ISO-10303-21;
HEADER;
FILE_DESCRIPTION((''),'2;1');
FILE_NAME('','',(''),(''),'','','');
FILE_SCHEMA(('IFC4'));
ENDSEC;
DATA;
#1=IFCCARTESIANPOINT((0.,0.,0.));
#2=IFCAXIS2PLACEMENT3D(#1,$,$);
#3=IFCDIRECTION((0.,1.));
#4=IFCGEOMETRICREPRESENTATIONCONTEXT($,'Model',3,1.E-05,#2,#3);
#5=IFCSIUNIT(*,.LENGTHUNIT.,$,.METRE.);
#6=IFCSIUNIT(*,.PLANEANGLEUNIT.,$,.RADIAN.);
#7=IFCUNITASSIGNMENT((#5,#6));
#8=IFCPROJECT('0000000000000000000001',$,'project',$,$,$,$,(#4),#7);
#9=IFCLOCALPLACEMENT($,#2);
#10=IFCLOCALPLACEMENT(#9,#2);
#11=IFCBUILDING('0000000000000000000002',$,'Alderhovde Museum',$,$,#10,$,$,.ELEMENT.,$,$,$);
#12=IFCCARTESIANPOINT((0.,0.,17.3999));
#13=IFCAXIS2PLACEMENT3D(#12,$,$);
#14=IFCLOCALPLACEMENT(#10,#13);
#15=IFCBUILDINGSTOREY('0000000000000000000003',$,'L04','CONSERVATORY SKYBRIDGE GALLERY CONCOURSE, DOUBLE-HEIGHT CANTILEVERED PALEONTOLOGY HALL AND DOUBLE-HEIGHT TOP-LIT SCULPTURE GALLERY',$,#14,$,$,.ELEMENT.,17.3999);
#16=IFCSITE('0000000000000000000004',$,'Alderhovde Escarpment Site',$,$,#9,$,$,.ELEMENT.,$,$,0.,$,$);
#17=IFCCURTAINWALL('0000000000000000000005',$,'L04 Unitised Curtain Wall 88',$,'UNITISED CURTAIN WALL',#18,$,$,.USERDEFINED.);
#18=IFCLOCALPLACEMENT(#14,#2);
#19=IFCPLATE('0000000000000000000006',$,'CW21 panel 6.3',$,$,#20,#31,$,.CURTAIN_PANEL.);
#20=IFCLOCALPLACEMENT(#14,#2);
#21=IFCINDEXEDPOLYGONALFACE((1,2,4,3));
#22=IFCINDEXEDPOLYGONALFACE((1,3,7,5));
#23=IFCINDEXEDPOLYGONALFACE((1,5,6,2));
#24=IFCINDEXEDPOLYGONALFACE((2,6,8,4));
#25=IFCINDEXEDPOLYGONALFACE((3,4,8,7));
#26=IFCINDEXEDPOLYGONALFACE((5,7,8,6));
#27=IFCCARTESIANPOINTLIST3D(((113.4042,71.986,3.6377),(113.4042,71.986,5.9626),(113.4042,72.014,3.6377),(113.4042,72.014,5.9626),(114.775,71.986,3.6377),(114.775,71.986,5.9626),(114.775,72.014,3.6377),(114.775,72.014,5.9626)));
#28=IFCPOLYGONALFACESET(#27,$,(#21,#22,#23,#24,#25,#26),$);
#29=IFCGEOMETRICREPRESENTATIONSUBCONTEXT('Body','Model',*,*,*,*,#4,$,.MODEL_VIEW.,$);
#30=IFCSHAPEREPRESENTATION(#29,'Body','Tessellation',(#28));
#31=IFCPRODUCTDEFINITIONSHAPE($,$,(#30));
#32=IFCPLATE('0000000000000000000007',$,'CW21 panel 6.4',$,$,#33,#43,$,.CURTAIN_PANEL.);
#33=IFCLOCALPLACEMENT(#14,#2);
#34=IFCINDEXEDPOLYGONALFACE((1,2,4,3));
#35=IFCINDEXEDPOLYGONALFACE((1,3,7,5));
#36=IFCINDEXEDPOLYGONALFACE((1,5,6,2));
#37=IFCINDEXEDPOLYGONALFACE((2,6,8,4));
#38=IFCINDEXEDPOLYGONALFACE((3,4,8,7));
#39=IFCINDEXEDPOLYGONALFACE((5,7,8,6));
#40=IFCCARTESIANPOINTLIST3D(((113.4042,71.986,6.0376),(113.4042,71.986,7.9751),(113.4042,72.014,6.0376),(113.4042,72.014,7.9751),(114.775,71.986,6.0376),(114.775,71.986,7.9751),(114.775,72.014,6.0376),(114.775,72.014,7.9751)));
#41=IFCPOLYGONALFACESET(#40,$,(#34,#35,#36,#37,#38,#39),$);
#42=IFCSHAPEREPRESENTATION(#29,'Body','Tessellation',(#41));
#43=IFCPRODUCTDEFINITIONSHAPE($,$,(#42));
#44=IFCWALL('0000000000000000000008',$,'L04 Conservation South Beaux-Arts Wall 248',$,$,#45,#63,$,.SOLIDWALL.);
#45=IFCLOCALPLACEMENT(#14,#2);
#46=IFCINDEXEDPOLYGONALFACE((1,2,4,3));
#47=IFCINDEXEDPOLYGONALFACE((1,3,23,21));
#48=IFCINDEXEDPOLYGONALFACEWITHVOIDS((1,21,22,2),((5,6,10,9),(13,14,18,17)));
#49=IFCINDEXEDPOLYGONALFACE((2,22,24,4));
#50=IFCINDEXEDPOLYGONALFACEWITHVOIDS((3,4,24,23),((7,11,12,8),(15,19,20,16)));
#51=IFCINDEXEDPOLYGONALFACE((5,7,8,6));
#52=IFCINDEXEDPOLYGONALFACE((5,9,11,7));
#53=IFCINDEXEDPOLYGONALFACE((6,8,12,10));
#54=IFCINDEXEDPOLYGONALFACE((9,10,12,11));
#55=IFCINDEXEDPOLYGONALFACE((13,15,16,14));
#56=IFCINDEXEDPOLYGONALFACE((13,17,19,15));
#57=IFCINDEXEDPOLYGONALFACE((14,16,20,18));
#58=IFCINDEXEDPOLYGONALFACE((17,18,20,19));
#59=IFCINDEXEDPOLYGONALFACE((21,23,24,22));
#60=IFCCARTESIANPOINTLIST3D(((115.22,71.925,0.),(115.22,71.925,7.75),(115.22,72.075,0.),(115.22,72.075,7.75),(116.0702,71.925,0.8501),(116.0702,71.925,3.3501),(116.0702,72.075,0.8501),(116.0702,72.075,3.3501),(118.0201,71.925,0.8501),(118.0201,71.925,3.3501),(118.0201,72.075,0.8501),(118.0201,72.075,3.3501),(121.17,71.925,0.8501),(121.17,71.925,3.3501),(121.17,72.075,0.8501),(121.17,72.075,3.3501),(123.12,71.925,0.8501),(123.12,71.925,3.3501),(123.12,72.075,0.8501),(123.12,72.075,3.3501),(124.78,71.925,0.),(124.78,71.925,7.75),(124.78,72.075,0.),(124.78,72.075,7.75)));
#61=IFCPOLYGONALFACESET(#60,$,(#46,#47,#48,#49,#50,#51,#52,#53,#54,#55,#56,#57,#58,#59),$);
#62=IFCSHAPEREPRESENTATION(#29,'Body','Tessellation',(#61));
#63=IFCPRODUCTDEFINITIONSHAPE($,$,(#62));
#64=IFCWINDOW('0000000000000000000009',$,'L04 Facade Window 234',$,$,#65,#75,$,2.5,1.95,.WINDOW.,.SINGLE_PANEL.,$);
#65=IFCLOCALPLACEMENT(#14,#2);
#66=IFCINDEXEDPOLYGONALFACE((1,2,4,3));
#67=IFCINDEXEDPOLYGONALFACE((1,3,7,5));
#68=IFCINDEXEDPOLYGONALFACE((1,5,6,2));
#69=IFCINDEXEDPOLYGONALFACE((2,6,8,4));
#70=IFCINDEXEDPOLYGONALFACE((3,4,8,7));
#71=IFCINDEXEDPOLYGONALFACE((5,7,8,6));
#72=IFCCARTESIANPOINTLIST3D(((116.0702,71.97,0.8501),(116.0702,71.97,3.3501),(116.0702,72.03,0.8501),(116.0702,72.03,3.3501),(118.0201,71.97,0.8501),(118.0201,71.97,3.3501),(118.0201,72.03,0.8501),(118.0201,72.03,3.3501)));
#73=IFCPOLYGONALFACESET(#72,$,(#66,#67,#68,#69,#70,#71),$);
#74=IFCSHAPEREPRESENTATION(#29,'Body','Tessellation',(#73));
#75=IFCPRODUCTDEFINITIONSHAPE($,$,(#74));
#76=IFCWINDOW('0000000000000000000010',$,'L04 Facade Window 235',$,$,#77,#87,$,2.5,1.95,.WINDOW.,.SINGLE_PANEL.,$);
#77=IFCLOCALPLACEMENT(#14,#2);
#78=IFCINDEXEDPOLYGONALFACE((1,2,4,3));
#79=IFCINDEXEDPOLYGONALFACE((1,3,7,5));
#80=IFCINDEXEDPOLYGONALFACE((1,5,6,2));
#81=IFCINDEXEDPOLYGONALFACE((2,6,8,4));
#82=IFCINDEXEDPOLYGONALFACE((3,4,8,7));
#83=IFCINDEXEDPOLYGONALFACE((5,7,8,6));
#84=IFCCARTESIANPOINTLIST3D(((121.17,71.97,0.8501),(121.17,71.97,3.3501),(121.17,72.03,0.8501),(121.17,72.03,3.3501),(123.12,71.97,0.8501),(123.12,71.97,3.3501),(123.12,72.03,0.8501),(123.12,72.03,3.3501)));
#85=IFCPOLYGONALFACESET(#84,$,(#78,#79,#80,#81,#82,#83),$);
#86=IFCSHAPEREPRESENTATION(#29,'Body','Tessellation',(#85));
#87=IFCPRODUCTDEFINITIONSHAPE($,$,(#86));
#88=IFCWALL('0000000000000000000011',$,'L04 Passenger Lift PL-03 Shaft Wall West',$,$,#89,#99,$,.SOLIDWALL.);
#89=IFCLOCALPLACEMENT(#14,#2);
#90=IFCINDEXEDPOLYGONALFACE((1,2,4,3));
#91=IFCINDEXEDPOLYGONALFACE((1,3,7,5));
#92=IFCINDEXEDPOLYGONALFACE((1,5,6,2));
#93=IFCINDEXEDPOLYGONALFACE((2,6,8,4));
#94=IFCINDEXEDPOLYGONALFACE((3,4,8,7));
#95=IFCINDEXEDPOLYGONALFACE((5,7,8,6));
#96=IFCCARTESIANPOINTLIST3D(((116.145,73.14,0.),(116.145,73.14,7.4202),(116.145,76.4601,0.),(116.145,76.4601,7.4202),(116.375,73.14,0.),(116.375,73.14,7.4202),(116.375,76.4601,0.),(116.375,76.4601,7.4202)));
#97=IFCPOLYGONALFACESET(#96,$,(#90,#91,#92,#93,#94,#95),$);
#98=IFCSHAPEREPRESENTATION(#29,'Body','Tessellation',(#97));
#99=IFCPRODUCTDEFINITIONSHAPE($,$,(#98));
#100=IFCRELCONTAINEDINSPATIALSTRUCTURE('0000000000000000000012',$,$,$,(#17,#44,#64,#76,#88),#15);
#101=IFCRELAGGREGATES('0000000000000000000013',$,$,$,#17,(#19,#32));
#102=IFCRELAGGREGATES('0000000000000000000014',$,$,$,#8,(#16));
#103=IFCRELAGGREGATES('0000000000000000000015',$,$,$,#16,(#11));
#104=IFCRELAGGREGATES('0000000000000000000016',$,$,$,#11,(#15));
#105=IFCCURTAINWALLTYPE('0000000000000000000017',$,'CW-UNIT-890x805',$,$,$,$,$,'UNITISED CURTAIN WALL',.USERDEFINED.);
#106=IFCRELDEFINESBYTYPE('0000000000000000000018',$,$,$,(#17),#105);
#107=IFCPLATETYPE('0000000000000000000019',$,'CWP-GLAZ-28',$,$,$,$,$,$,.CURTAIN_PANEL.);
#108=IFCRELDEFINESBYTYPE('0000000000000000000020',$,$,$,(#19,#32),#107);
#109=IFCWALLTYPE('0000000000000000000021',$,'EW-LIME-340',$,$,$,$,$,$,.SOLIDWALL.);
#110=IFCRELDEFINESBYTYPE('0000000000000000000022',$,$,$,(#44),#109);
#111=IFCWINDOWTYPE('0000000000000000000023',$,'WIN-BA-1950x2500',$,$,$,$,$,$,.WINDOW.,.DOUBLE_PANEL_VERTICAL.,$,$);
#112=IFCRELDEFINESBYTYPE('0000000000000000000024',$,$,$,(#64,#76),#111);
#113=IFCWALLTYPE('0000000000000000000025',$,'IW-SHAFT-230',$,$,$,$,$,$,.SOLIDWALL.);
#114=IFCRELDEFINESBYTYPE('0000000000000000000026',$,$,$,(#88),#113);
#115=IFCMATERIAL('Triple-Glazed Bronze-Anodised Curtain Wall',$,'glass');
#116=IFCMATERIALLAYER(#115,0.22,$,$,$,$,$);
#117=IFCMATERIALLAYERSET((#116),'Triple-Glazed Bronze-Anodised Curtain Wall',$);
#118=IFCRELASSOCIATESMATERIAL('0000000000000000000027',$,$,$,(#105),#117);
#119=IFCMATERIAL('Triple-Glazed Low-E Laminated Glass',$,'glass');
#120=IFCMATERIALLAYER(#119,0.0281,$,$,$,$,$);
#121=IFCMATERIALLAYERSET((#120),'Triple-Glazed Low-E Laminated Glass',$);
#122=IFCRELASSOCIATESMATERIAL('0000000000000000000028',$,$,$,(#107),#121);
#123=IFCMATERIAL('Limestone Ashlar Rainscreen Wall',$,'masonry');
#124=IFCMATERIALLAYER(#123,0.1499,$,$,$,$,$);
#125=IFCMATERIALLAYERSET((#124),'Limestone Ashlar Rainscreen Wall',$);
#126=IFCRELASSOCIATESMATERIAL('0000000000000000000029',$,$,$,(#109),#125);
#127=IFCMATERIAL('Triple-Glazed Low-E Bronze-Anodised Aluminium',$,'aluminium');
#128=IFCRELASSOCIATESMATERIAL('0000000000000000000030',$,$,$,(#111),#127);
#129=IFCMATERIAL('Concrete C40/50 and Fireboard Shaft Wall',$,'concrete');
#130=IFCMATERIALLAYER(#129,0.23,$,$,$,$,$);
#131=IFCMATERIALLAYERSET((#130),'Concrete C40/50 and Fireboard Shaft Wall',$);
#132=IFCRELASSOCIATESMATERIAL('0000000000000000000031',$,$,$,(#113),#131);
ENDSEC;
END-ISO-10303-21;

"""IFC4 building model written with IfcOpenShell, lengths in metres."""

from ifc_helpers import new_model, si_unit, direction, frame, frame_2d, origin, origin_2d, place, context, subcontext, project, spatial, rectangle, extrude, material, layer, layer_set, type_object, element, fill, aggregate, save


model = new_model("IFC4")

# Units and contexts
model_context = context("Model", 3, precision=1e-05, world=origin(), true_north=direction((0.0, 1.0)))
body_context = subcontext(model_context, "Body", "Model", "MODEL_VIEW")
ifc_project = project(units=[si_unit("LENGTHUNIT", "METRE"), si_unit("PLANEANGLEUNIT", "RADIAN")], contexts=[model_context])

# Site, building, storey
site_placement = place(None, origin())
site = spatial("IfcSite", under=ifc_project, at=site_placement, Name="Alderhovde Escarpment Site", CompositionType="ELEMENT", RefElevation=0.0)
building_placement = place(site_placement, origin())
building = spatial("IfcBuilding", under=site, at=building_placement, Name="Alderhovde Museum", CompositionType="ELEMENT")
storey_placement = place(building_placement, frame((0.0, 0.0, 17.3999)))
storey = spatial("IfcBuildingStorey", under=building, at=storey_placement, Name="L04", Description="CONSERVATORY SKYBRIDGE GALLERY CONCOURSE, DOUBLE-HEIGHT CANTILEVERED PALEONTOLOGY HALL AND DOUBLE-HEIGHT TOP-LIT SCULPTURE GALLERY", CompositionType="ELEMENT", Elevation=17.3999)

# Curtain wall
ifc_material_1 = material(Name="Triple-Glazed Bronze-Anodised Curtain Wall", Category="glass")
ifc_layer_1 = layer(ifc_material_1, 0.22)
ifc_layer_set_1 = layer_set([ifc_layer_1], Name="Triple-Glazed Bronze-Anodised Curtain Wall")
curtain_wall_type = type_object("IfcCurtainWallType", Name="CW-UNIT-890x805", ElementType="UNITISED CURTAIN WALL", PredefinedType="USERDEFINED", material=ifc_layer_set_1)
curtain_wall_placement = place(storey_placement, origin())
curtain_wall = element("IfcCurtainWall", 1, at=curtain_wall_placement, inside=storey, type_object=curtain_wall_type, Name="L04 Unitised Curtain Wall 88", ObjectType="UNITISED CURTAIN WALL", PredefinedType="USERDEFINED")

# Plates
ifc_material_2 = material(Name="Triple-Glazed Low-E Laminated Glass", Category="glass")
ifc_layer_2 = layer(ifc_material_2, 0.0281)
ifc_layer_set_2 = layer_set([ifc_layer_2], Name="Triple-Glazed Low-E Laminated Glass")
plate_type = type_object("IfcPlateType", Name="CWP-GLAZ-28", PredefinedType="CURTAIN_PANEL", material=ifc_layer_set_2)
plate_1_placement = place(storey_placement, frame((114.0896, 72.0, 3.6377), z_axis=(0.0, 0.0, 1.0), x_axis=(1.0, 0.0, 0.0)))
plate_1 = element("IfcPlate", 2, at=plate_1_placement, type_object=plate_type, Name="CW21 panel 6.3", PredefinedType="CURTAIN_PANEL", context=body_context, shape_type="SweptSolid", body=[
    extrude(rectangle(XDim=1.3708, YDim=0.0281, at=origin_2d()), origin(), (0.0, 0.0, 1.0), 2.325),
])
plate_2_placement = place(storey_placement, frame((114.0896, 72.0, 6.0376), z_axis=(0.0, 0.0, 1.0), x_axis=(1.0, 0.0, 0.0)))
plate_2 = element("IfcPlate", 3, at=plate_2_placement, type_object=plate_type, Name="CW21 panel 6.4", PredefinedType="CURTAIN_PANEL", context=body_context, shape_type="SweptSolid", body=[
    extrude(rectangle(XDim=1.3708, YDim=0.0281, at=origin_2d()), origin(), (0.0, 0.0, 1.0), 1.9375),
])
aggregate(curtain_wall, [plate_1, plate_2])

# Wall, openings, windows
ifc_material_3 = material(Name="Limestone Ashlar Rainscreen Wall", Category="masonry")
ifc_layer_3 = layer(ifc_material_3, 0.1499)
ifc_layer_set_3 = layer_set([ifc_layer_3], Name="Limestone Ashlar Rainscreen Wall")
wall_type_1 = type_object("IfcWallType", Name="EW-LIME-340", PredefinedType="SOLIDWALL", material=ifc_layer_set_3)
wall_1_placement = place(storey_placement, frame((115.22, 72.0, 0.0), z_axis=(0.0, 0.0, 1.0), x_axis=(1.0, 0.0, 0.0)))
wall_1 = element("IfcWall", 4, at=wall_1_placement, inside=storey, type_object=wall_type_1, Name="L04 Conservation South Beaux-Arts Wall 248", PredefinedType="SOLIDWALL", context=body_context, shape_type="SweptSolid", body=[
    extrude(rectangle(XDim=9.5601, YDim=0.1499, at=frame_2d((4.78, 0.0))), origin(), (0.0, 0.0, 1.0), 7.75),
])
opening_1_placement = place(wall_1_placement, frame((0.8501, 0.0, 0.8501)))
opening_1 = element("IfcOpeningElement", 5, at=opening_1_placement, cuts=wall_1, PredefinedType="OPENING", context=body_context, shape_type="SweptSolid", body=[
    extrude(rectangle(XDim=1.95, YDim=2.5, at=frame_2d((0.9751, 1.25))), frame((0.0, 0.085, 0.0), z_axis=(0.0, -1.0, 0.0), x_axis=(1.0, 0.0, 0.0)), (0.0, 0.0, 1.0), 0.1699),
])
opening_2_placement = place(wall_1_placement, frame((5.95, 0.0, 0.8501)))
opening_2 = element("IfcOpeningElement", 6, at=opening_2_placement, cuts=wall_1, PredefinedType="OPENING", context=body_context, shape_type="SweptSolid", body=[
    extrude(rectangle(XDim=1.95, YDim=2.5, at=frame_2d((0.9751, 1.25))), frame((0.0, 0.085, 0.0), z_axis=(0.0, -1.0, 0.0), x_axis=(1.0, 0.0, 0.0)), (0.0, 0.0, 1.0), 0.1699),
])
ifc_material_4 = material(Name="Triple-Glazed Low-E Bronze-Anodised Aluminium", Category="aluminium")
window_type = type_object("IfcWindowType", Name="WIN-BA-1950x2500", PartitioningType="DOUBLE_PANEL_VERTICAL", PredefinedType="WINDOW", material=ifc_material_4)
window_1_placement = place(opening_1_placement, origin())
window_1 = element("IfcWindow", 7, at=window_1_placement, inside=storey, type_object=window_type, Name="L04 Facade Window 234", OverallHeight=2.5, OverallWidth=1.95, PartitioningType="SINGLE_PANEL", PredefinedType="WINDOW", context=body_context, shape_type="SweptSolid", body=[
    extrude(rectangle(XDim=1.95, YDim=2.5, at=frame_2d((0.9751, 1.25))), frame((0.0, 0.03, 0.0), z_axis=(0.0, -1.0, 0.0), x_axis=(1.0, 0.0, 0.0)), (0.0, 0.0, 1.0), 0.0601),
])
fill(opening_1, window_1)
window_2_placement = place(opening_2_placement, origin())
window_2 = element("IfcWindow", 8, at=window_2_placement, inside=storey, type_object=window_type, Name="L04 Facade Window 235", OverallHeight=2.5, OverallWidth=1.95, PartitioningType="SINGLE_PANEL", PredefinedType="WINDOW", context=body_context, shape_type="SweptSolid", body=[
    extrude(rectangle(XDim=1.95, YDim=2.5, at=frame_2d((0.9751, 1.25))), frame((0.0, 0.03, 0.0), z_axis=(0.0, -1.0, 0.0), x_axis=(1.0, 0.0, 0.0)), (0.0, 0.0, 1.0), 0.0601),
])
fill(opening_2, window_2)

# Wall
ifc_material_5 = material(Name="Concrete C40/50 and Fireboard Shaft Wall", Category="concrete")
ifc_layer_4 = layer(ifc_material_5, 0.23)
ifc_layer_set_4 = layer_set([ifc_layer_4], Name="Concrete C40/50 and Fireboard Shaft Wall")
wall_type_2 = type_object("IfcWallType", Name="IW-SHAFT-230", PredefinedType="SOLIDWALL", material=ifc_layer_set_4)
wall_2_placement = place(storey_placement, frame((116.26, 73.1399, 0.0), z_axis=(0.0, 0.0, 1.0), x_axis=(0.0, 1.0, 0.0)))
element("IfcWall", 9, at=wall_2_placement, inside=storey, type_object=wall_type_2, Name="L04 Passenger Lift PL-03 Shaft Wall West", PredefinedType="SOLIDWALL", context=body_context, shape_type="SweptSolid", body=[
    extrude(rectangle(XDim=3.3201, YDim=0.23, at=frame_2d((1.6602, 0.0))), origin(), (0.0, 0.0, 1.0), 7.4202),
])

save(model, "model.ifc")
